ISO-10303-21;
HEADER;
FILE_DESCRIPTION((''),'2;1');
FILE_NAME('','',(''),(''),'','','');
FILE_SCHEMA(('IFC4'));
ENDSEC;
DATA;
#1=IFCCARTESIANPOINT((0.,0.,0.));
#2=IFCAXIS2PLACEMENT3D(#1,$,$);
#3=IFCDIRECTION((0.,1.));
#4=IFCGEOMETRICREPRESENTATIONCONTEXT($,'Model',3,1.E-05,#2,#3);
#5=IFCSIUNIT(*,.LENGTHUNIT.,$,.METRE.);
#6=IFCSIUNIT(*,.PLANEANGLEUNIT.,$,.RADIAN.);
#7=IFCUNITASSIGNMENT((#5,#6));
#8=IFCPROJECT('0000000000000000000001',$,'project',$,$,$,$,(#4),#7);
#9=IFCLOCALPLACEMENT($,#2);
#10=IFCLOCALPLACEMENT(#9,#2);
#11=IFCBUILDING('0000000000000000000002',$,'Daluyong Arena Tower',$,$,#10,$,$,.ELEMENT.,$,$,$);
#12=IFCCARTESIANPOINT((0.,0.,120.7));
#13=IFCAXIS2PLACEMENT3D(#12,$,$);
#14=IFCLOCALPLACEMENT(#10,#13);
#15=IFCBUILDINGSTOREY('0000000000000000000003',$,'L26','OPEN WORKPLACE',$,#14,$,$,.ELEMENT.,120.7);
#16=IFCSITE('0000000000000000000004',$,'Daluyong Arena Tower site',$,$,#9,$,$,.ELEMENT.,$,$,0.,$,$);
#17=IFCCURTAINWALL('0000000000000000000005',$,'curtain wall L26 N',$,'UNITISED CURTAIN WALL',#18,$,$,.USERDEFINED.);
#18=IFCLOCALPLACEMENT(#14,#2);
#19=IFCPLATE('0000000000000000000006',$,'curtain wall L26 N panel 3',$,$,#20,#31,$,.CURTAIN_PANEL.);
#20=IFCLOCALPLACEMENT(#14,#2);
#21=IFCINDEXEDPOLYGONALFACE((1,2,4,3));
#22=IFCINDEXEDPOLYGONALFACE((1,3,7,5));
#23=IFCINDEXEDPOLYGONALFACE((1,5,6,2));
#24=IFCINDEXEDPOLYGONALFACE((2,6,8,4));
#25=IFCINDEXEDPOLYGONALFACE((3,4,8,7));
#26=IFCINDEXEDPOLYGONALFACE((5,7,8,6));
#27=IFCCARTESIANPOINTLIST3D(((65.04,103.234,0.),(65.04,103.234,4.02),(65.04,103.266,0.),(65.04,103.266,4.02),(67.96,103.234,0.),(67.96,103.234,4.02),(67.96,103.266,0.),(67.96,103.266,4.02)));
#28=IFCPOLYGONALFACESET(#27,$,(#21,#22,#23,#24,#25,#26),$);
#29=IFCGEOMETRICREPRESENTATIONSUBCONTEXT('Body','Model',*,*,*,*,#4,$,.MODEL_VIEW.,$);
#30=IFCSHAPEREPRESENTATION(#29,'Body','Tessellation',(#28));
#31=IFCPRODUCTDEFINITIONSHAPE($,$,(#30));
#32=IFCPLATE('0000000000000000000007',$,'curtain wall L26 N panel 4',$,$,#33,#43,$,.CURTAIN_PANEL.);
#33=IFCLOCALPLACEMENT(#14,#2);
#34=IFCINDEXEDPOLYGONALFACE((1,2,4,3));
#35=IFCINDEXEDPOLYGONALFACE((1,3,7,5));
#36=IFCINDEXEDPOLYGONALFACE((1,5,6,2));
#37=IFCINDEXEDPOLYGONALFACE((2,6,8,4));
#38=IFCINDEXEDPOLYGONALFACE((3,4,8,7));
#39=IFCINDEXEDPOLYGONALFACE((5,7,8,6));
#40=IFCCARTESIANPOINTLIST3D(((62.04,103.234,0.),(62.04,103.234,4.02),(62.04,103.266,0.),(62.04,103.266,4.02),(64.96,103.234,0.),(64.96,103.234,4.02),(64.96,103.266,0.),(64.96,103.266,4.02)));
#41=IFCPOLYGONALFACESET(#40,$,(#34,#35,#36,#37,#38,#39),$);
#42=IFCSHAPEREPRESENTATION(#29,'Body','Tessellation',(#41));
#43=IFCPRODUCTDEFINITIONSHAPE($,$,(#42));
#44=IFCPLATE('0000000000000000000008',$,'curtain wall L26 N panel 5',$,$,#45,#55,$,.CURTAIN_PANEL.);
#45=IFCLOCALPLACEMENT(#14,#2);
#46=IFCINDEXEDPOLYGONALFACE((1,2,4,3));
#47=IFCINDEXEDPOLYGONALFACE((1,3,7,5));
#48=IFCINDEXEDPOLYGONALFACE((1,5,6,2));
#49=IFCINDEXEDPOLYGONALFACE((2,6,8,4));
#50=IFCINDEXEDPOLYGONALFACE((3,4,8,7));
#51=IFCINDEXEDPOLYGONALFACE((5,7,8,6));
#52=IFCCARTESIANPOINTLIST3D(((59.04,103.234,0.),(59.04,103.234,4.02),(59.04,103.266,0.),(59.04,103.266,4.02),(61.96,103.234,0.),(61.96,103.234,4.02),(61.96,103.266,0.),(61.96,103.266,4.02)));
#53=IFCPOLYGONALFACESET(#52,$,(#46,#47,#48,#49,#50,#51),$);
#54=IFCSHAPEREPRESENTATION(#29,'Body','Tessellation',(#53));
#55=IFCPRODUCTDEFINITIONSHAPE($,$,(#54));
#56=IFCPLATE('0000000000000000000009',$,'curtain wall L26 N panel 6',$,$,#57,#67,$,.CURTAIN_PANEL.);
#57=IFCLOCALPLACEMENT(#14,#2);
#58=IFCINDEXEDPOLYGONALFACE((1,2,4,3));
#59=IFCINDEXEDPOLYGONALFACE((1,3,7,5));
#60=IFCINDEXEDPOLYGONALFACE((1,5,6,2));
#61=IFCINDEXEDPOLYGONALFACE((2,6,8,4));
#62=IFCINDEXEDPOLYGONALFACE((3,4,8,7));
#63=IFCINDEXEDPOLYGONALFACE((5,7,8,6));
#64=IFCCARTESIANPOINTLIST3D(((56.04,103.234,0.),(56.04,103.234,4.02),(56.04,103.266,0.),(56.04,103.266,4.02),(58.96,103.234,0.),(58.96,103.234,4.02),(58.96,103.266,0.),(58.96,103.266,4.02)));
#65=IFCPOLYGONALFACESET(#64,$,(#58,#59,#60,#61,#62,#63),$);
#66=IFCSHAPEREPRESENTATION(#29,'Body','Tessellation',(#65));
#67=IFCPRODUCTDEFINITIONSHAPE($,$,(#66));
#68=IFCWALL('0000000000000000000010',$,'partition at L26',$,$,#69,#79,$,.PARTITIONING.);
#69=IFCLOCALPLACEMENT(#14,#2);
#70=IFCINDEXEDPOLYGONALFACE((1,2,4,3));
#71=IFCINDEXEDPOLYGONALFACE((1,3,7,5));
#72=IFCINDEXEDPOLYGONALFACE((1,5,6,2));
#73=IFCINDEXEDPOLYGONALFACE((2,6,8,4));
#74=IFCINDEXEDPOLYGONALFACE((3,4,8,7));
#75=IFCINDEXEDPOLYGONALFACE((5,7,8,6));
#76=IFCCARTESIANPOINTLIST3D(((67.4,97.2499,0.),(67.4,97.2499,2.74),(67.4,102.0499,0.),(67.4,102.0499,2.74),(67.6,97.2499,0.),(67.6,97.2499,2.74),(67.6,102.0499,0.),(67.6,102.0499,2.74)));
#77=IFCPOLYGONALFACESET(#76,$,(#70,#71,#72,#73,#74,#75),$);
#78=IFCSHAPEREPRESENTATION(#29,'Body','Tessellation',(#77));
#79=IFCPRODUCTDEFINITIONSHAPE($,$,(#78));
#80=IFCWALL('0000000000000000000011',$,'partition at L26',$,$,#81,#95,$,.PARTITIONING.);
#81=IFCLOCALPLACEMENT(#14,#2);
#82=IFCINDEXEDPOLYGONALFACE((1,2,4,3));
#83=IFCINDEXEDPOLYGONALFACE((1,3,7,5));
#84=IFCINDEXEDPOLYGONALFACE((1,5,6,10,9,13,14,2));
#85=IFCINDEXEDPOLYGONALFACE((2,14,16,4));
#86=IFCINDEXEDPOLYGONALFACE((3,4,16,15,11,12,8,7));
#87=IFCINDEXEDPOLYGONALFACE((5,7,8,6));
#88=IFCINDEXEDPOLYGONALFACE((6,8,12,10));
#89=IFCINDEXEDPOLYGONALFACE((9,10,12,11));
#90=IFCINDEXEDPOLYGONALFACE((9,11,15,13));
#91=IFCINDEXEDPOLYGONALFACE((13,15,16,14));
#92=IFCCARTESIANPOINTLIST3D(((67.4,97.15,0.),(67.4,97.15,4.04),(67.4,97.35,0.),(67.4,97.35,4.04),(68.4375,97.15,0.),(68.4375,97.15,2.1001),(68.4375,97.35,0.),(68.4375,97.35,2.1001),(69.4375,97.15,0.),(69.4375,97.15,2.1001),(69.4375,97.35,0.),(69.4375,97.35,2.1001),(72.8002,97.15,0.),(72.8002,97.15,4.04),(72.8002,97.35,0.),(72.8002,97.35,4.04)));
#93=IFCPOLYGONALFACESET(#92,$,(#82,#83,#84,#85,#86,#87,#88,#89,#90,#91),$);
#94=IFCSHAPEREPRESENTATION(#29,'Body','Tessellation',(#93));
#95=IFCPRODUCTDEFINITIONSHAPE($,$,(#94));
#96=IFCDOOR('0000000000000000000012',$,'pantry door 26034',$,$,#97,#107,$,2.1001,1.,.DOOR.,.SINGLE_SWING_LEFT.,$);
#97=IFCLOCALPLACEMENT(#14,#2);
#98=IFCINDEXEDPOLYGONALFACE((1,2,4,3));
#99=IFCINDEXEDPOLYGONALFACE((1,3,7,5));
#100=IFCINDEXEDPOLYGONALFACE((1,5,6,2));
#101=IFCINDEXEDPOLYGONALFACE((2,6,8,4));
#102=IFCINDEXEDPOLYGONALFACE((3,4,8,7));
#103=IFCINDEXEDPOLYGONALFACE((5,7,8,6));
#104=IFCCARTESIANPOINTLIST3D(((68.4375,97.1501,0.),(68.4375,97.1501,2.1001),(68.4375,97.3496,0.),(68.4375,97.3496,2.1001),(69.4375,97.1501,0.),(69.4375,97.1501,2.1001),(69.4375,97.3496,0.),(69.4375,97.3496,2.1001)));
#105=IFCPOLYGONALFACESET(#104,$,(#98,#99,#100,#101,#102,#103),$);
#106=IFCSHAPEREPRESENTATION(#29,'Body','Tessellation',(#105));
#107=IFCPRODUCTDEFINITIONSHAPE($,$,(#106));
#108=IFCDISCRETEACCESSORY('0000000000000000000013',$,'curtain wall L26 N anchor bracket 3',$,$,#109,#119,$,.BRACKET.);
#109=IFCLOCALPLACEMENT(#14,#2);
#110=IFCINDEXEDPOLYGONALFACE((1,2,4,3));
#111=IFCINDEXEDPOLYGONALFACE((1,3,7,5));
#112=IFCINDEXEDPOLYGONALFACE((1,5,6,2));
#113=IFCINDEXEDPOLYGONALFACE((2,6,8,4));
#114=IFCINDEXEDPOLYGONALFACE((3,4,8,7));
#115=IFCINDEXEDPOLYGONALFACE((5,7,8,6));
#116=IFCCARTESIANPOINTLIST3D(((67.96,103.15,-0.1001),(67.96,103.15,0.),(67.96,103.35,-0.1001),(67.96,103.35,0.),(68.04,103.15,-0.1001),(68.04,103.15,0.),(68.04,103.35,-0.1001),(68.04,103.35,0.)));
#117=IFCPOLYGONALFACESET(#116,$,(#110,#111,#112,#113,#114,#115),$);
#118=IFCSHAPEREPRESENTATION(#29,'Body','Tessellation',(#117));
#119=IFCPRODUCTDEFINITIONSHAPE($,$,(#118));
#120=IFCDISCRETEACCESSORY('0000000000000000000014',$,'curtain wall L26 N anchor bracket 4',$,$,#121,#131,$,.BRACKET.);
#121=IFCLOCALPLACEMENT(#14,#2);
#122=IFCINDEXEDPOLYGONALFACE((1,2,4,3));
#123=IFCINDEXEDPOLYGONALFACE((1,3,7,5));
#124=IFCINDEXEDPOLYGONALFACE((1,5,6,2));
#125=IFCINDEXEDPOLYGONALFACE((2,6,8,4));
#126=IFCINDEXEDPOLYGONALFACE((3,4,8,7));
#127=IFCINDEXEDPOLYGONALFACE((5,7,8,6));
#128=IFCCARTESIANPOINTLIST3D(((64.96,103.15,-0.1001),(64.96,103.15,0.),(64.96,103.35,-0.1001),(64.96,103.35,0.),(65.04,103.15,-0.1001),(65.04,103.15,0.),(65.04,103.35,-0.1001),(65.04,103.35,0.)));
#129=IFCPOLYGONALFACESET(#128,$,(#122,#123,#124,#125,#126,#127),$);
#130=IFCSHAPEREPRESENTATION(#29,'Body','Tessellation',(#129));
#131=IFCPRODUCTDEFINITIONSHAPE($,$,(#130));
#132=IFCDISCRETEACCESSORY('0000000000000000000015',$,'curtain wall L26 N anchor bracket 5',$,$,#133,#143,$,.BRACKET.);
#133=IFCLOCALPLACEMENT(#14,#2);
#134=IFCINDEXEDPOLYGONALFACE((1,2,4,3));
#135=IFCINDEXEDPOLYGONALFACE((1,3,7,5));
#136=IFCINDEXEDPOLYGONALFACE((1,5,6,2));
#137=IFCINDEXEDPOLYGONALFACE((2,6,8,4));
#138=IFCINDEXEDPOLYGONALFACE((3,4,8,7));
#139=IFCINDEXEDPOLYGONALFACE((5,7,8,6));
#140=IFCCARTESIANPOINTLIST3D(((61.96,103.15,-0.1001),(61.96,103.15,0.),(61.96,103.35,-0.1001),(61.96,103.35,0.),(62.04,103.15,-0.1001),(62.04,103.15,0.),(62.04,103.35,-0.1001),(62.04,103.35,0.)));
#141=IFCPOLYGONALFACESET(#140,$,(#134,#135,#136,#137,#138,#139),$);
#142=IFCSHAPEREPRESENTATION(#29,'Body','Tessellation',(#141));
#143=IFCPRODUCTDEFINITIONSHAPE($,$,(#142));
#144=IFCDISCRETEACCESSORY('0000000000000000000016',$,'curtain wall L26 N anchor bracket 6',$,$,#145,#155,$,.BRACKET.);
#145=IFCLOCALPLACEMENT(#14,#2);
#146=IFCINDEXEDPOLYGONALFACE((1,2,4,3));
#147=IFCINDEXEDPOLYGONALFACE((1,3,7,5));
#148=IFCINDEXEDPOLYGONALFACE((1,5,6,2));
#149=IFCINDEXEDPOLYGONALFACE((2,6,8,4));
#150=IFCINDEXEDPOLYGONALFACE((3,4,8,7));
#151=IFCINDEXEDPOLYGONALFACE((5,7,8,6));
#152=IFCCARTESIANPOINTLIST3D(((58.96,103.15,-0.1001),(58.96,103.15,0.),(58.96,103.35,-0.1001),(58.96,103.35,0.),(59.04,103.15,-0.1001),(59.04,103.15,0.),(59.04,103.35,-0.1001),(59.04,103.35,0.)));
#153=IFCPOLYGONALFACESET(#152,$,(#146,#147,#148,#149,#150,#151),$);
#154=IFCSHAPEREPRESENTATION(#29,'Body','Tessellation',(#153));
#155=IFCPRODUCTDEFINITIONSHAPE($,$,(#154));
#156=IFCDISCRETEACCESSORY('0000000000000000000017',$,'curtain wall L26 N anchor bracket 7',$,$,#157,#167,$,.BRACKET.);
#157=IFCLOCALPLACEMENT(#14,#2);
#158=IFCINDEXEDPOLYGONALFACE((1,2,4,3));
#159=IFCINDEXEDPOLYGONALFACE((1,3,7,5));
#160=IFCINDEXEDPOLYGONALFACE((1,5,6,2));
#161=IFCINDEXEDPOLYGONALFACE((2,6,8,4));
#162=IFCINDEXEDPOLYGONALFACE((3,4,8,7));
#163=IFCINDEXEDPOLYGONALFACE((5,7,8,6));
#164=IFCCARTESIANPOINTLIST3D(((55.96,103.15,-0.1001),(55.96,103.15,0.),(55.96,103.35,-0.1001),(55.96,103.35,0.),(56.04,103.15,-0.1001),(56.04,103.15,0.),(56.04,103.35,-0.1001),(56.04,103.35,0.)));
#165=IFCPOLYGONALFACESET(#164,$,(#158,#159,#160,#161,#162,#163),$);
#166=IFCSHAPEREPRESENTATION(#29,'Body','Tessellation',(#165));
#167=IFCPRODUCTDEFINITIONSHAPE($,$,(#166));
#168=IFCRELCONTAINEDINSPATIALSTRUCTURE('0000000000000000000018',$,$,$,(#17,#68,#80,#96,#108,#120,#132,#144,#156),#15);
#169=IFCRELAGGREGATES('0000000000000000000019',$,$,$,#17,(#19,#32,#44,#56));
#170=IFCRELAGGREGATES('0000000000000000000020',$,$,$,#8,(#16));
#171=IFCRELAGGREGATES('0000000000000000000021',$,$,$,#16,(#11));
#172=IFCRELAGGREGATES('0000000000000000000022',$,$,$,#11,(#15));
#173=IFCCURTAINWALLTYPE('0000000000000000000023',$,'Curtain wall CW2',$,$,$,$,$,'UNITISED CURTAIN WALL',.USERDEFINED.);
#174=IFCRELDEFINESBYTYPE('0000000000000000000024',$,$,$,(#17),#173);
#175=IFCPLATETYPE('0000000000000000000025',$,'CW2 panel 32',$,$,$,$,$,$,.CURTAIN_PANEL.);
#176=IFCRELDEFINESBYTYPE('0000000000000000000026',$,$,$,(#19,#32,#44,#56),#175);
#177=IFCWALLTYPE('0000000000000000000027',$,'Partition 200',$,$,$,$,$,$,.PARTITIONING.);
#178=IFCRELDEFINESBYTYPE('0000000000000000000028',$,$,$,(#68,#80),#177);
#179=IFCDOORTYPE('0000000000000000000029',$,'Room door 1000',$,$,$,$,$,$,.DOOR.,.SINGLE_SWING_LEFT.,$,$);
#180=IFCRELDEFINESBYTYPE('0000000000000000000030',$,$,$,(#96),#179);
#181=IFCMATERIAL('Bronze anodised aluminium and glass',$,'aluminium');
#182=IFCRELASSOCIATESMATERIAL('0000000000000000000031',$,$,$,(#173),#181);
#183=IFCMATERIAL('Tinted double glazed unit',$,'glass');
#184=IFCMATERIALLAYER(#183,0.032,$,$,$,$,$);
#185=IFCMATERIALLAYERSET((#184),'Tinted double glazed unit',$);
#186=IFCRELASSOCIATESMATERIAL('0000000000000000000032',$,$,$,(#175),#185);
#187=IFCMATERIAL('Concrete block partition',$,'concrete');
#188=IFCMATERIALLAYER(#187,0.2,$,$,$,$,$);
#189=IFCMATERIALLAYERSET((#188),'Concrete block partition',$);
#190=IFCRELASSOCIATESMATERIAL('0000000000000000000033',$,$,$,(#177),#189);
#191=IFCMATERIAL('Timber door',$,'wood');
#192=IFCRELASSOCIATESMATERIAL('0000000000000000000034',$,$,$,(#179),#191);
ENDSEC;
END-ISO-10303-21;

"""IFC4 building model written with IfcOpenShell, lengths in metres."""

from ifc_helpers import new_model, si_unit, direction, frame, frame_2d, origin, origin_2d, place, context, subcontext, project, spatial, rectangle, extrude, material, layer, layer_set, type_object, element, fill, aggregate, save


model = new_model("IFC4")

# Units and contexts
model_context = context("Model", 3, precision=1e-05, world=origin(), true_north=direction((0.0, 1.0)))
body_context = subcontext(model_context, "Body", "Model", "MODEL_VIEW")
ifc_project = project(units=[si_unit("LENGTHUNIT", "METRE"), si_unit("PLANEANGLEUNIT", "RADIAN")], contexts=[model_context])

# Site, building, storey
site_placement = place(None, origin())
site = spatial("IfcSite", under=ifc_project, at=site_placement, Name="Daluyong Arena Tower site", CompositionType="ELEMENT", RefElevation=0.0)
building_placement = place(site_placement, origin())
building = spatial("IfcBuilding", under=site, at=building_placement, Name="Daluyong Arena Tower", CompositionType="ELEMENT")
storey_placement = place(building_placement, frame((0.0, 0.0, 120.7)))
storey = spatial("IfcBuildingStorey", under=building, at=storey_placement, Name="L26", Description="OPEN WORKPLACE", CompositionType="ELEMENT", Elevation=120.7)

# Curtain wall
ifc_material_1 = material(Name="Bronze anodised aluminium and glass", Category="aluminium")
curtain_wall_type = type_object("IfcCurtainWallType", Name="Curtain wall CW2", ElementType="UNITISED CURTAIN WALL", PredefinedType="USERDEFINED", material=ifc_material_1)
curtain_wall_placement = place(storey_placement, origin())
curtain_wall = element("IfcCurtainWall", 1, at=curtain_wall_placement, inside=storey, type_object=curtain_wall_type, Name="curtain wall L26 N", ObjectType="UNITISED CURTAIN WALL", PredefinedType="USERDEFINED")

# Plates
ifc_material_2 = material(Name="Tinted double glazed unit", Category="glass")
ifc_layer_1 = layer(ifc_material_2, 0.032)
ifc_layer_set_1 = layer_set([ifc_layer_1], Name="Tinted double glazed unit")
plate_type = type_object("IfcPlateType", Name="CW2 panel 32", PredefinedType="CURTAIN_PANEL", material=ifc_layer_set_1)
plate_1_placement = place(storey_placement, frame((66.5, 103.25, 0.0), z_axis=(0.0, 0.0, 1.0), x_axis=(-1.0, 0.0, 0.0)))
plate_1 = element("IfcPlate", 2, at=plate_1_placement, type_object=plate_type, Name="curtain wall L26 N panel 3", PredefinedType="CURTAIN_PANEL", context=body_context, shape_type="SweptSolid", body=[
    extrude(rectangle(XDim=2.9199, YDim=0.032, at=origin_2d()), origin(), (0.0, 0.0, 1.0), 4.02),
])
plate_2_placement = place(storey_placement, frame((63.5, 103.25, 0.0), z_axis=(0.0, 0.0, 1.0), x_axis=(-1.0, 0.0, 0.0)))
plate_2 = element("IfcPlate", 3, at=plate_2_placement, type_object=plate_type, Name="curtain wall L26 N panel 4", PredefinedType="CURTAIN_PANEL", context=body_context, shape_type="SweptSolid", body=[
    extrude(rectangle(XDim=2.9199, YDim=0.032, at=origin_2d()), origin(), (0.0, 0.0, 1.0), 4.02),
])
plate_3_placement = place(storey_placement, frame((60.5, 103.25, 0.0), z_axis=(0.0, 0.0, 1.0), x_axis=(-1.0, 0.0, 0.0)))
plate_3 = element("IfcPlate", 4, at=plate_3_placement, type_object=plate_type, Name="curtain wall L26 N panel 5", PredefinedType="CURTAIN_PANEL", context=body_context, shape_type="SweptSolid", body=[
    extrude(rectangle(XDim=2.9199, YDim=0.032, at=origin_2d()), origin(), (0.0, 0.0, 1.0), 4.02),
])
plate_4_placement = place(storey_placement, frame((57.5, 103.25, 0.0), z_axis=(0.0, 0.0, 1.0), x_axis=(-1.0, 0.0, 0.0)))
plate_4 = element("IfcPlate", 5, at=plate_4_placement, type_object=plate_type, Name="curtain wall L26 N panel 6", PredefinedType="CURTAIN_PANEL", context=body_context, shape_type="SweptSolid", body=[
    extrude(rectangle(XDim=2.9199, YDim=0.032, at=origin_2d()), origin(), (0.0, 0.0, 1.0), 4.02),
])
aggregate(curtain_wall, [plate_1, plate_2, plate_3, plate_4])

# Wall
ifc_material_3 = material(Name="Concrete block partition", Category="concrete")
ifc_layer_2 = layer(ifc_material_3, 0.2)
ifc_layer_set_2 = layer_set([ifc_layer_2], Name="Concrete block partition")
wall_type = type_object("IfcWallType", Name="Partition 200", PredefinedType="PARTITIONING", material=ifc_layer_set_2)
wall_1_placement = place(storey_placement, frame((67.5, 97.25, 0.0), z_axis=(0.0, 0.0, 1.0), x_axis=(0.0, 1.0, 0.0)))
element("IfcWall", 6, at=wall_1_placement, inside=storey, type_object=wall_type, Name="partition at L26", PredefinedType="PARTITIONING", context=body_context, shape_type="SweptSolid", body=[
    extrude(rectangle(XDim=4.8, YDim=0.2, at=frame_2d((2.3999, 0.0))), origin(), (0.0, 0.0, 1.0), 2.74),
])

# Wall, opening, door
wall_2_placement = place(storey_placement, frame((67.3999, 97.25, 0.0), z_axis=(0.0, 0.0, 1.0), x_axis=(1.0, 0.0, 0.0)))
wall_2 = element("IfcWall", 7, at=wall_2_placement, inside=storey, type_object=wall_type, Name="partition at L26", PredefinedType="PARTITIONING", context=body_context, shape_type="SweptSolid", body=[
    extrude(rectangle(XDim=5.4001, YDim=0.2, at=frame_2d((2.7002, 0.0))), origin(), (0.0, 0.0, 1.0), 4.04),
])
opening_placement = place(wall_2_placement, frame((1.0376, 0.0, 0.0)))
opening = element("IfcOpeningElement", 8, at=opening_placement, cuts=wall_2, PredefinedType="OPENING", context=body_context, shape_type="SweptSolid", body=[
    extrude(rectangle(XDim=1.0, YDim=2.1001, at=frame_2d((0.5, 1.05))), frame((0.0, 0.1099, 0.0), z_axis=(0.0, -1.0, 0.0), x_axis=(1.0, 0.0, 0.0)), (0.0, 0.0, 1.0), 0.22),
])
ifc_material_4 = material(Name="Timber door", Category="wood")
door_type = type_object("IfcDoorType", Name="Room door 1000", OperationType="SINGLE_SWING_LEFT", PredefinedType="DOOR", material=ifc_material_4)
door_placement = place(opening_placement, origin())
door = element("IfcDoor", 9, at=door_placement, inside=storey, type_object=door_type, Name="pantry door 26034", OperationType="SINGLE_SWING_LEFT", OverallHeight=2.1001, OverallWidth=1.0, PredefinedType="DOOR", context=body_context, shape_type="SweptSolid", body=[
    extrude(rectangle(XDim=1.0, YDim=2.1001, at=frame_2d((0.5, 1.05))), frame((0.0, 0.0996, 0.0), z_axis=(0.0, -1.0, 0.0), x_axis=(1.0, 0.0, 0.0)), (0.0, 0.0, 1.0), 0.1995),
])
fill(opening, door)

# Discrete accessories
for number, where, z_axis, x_axis, name in (
    (10, (68.0, 103.25, -0.1001), (0.0, 0.0, 1.0), (-1.0, 0.0, 0.0), "curtain wall L26 N anchor bracket 3"),
    (11, (65.0, 103.25, -0.1001), (0.0, 0.0, 1.0), (-1.0, 0.0, 0.0), "curtain wall L26 N anchor bracket 4"),
    (12, (62.0, 103.25, -0.1001), (0.0, 0.0, 1.0), (-1.0, 0.0, 0.0), "curtain wall L26 N anchor bracket 5"),
    (13, (59.0, 103.25, -0.1001), (0.0, 0.0, 1.0), (-1.0, 0.0, 0.0), "curtain wall L26 N anchor bracket 6"),
    (14, (56.0, 103.25, -0.1001), (0.0, 0.0, 1.0), (-1.0, 0.0, 0.0), "curtain wall L26 N anchor bracket 7"),
):
    element("IfcDiscreteAccessory", number, at=place(storey_placement, frame(where, z_axis=z_axis, x_axis=x_axis)), inside=storey, Name=name, PredefinedType="BRACKET", context=body_context, shape_type="SweptSolid", body=[
        extrude(rectangle(XDim=0.0801, YDim=0.2, at=origin_2d()), origin(), (0.0, 0.0, 1.0), 0.1001),
    ])

save(model, "model.ifc")
